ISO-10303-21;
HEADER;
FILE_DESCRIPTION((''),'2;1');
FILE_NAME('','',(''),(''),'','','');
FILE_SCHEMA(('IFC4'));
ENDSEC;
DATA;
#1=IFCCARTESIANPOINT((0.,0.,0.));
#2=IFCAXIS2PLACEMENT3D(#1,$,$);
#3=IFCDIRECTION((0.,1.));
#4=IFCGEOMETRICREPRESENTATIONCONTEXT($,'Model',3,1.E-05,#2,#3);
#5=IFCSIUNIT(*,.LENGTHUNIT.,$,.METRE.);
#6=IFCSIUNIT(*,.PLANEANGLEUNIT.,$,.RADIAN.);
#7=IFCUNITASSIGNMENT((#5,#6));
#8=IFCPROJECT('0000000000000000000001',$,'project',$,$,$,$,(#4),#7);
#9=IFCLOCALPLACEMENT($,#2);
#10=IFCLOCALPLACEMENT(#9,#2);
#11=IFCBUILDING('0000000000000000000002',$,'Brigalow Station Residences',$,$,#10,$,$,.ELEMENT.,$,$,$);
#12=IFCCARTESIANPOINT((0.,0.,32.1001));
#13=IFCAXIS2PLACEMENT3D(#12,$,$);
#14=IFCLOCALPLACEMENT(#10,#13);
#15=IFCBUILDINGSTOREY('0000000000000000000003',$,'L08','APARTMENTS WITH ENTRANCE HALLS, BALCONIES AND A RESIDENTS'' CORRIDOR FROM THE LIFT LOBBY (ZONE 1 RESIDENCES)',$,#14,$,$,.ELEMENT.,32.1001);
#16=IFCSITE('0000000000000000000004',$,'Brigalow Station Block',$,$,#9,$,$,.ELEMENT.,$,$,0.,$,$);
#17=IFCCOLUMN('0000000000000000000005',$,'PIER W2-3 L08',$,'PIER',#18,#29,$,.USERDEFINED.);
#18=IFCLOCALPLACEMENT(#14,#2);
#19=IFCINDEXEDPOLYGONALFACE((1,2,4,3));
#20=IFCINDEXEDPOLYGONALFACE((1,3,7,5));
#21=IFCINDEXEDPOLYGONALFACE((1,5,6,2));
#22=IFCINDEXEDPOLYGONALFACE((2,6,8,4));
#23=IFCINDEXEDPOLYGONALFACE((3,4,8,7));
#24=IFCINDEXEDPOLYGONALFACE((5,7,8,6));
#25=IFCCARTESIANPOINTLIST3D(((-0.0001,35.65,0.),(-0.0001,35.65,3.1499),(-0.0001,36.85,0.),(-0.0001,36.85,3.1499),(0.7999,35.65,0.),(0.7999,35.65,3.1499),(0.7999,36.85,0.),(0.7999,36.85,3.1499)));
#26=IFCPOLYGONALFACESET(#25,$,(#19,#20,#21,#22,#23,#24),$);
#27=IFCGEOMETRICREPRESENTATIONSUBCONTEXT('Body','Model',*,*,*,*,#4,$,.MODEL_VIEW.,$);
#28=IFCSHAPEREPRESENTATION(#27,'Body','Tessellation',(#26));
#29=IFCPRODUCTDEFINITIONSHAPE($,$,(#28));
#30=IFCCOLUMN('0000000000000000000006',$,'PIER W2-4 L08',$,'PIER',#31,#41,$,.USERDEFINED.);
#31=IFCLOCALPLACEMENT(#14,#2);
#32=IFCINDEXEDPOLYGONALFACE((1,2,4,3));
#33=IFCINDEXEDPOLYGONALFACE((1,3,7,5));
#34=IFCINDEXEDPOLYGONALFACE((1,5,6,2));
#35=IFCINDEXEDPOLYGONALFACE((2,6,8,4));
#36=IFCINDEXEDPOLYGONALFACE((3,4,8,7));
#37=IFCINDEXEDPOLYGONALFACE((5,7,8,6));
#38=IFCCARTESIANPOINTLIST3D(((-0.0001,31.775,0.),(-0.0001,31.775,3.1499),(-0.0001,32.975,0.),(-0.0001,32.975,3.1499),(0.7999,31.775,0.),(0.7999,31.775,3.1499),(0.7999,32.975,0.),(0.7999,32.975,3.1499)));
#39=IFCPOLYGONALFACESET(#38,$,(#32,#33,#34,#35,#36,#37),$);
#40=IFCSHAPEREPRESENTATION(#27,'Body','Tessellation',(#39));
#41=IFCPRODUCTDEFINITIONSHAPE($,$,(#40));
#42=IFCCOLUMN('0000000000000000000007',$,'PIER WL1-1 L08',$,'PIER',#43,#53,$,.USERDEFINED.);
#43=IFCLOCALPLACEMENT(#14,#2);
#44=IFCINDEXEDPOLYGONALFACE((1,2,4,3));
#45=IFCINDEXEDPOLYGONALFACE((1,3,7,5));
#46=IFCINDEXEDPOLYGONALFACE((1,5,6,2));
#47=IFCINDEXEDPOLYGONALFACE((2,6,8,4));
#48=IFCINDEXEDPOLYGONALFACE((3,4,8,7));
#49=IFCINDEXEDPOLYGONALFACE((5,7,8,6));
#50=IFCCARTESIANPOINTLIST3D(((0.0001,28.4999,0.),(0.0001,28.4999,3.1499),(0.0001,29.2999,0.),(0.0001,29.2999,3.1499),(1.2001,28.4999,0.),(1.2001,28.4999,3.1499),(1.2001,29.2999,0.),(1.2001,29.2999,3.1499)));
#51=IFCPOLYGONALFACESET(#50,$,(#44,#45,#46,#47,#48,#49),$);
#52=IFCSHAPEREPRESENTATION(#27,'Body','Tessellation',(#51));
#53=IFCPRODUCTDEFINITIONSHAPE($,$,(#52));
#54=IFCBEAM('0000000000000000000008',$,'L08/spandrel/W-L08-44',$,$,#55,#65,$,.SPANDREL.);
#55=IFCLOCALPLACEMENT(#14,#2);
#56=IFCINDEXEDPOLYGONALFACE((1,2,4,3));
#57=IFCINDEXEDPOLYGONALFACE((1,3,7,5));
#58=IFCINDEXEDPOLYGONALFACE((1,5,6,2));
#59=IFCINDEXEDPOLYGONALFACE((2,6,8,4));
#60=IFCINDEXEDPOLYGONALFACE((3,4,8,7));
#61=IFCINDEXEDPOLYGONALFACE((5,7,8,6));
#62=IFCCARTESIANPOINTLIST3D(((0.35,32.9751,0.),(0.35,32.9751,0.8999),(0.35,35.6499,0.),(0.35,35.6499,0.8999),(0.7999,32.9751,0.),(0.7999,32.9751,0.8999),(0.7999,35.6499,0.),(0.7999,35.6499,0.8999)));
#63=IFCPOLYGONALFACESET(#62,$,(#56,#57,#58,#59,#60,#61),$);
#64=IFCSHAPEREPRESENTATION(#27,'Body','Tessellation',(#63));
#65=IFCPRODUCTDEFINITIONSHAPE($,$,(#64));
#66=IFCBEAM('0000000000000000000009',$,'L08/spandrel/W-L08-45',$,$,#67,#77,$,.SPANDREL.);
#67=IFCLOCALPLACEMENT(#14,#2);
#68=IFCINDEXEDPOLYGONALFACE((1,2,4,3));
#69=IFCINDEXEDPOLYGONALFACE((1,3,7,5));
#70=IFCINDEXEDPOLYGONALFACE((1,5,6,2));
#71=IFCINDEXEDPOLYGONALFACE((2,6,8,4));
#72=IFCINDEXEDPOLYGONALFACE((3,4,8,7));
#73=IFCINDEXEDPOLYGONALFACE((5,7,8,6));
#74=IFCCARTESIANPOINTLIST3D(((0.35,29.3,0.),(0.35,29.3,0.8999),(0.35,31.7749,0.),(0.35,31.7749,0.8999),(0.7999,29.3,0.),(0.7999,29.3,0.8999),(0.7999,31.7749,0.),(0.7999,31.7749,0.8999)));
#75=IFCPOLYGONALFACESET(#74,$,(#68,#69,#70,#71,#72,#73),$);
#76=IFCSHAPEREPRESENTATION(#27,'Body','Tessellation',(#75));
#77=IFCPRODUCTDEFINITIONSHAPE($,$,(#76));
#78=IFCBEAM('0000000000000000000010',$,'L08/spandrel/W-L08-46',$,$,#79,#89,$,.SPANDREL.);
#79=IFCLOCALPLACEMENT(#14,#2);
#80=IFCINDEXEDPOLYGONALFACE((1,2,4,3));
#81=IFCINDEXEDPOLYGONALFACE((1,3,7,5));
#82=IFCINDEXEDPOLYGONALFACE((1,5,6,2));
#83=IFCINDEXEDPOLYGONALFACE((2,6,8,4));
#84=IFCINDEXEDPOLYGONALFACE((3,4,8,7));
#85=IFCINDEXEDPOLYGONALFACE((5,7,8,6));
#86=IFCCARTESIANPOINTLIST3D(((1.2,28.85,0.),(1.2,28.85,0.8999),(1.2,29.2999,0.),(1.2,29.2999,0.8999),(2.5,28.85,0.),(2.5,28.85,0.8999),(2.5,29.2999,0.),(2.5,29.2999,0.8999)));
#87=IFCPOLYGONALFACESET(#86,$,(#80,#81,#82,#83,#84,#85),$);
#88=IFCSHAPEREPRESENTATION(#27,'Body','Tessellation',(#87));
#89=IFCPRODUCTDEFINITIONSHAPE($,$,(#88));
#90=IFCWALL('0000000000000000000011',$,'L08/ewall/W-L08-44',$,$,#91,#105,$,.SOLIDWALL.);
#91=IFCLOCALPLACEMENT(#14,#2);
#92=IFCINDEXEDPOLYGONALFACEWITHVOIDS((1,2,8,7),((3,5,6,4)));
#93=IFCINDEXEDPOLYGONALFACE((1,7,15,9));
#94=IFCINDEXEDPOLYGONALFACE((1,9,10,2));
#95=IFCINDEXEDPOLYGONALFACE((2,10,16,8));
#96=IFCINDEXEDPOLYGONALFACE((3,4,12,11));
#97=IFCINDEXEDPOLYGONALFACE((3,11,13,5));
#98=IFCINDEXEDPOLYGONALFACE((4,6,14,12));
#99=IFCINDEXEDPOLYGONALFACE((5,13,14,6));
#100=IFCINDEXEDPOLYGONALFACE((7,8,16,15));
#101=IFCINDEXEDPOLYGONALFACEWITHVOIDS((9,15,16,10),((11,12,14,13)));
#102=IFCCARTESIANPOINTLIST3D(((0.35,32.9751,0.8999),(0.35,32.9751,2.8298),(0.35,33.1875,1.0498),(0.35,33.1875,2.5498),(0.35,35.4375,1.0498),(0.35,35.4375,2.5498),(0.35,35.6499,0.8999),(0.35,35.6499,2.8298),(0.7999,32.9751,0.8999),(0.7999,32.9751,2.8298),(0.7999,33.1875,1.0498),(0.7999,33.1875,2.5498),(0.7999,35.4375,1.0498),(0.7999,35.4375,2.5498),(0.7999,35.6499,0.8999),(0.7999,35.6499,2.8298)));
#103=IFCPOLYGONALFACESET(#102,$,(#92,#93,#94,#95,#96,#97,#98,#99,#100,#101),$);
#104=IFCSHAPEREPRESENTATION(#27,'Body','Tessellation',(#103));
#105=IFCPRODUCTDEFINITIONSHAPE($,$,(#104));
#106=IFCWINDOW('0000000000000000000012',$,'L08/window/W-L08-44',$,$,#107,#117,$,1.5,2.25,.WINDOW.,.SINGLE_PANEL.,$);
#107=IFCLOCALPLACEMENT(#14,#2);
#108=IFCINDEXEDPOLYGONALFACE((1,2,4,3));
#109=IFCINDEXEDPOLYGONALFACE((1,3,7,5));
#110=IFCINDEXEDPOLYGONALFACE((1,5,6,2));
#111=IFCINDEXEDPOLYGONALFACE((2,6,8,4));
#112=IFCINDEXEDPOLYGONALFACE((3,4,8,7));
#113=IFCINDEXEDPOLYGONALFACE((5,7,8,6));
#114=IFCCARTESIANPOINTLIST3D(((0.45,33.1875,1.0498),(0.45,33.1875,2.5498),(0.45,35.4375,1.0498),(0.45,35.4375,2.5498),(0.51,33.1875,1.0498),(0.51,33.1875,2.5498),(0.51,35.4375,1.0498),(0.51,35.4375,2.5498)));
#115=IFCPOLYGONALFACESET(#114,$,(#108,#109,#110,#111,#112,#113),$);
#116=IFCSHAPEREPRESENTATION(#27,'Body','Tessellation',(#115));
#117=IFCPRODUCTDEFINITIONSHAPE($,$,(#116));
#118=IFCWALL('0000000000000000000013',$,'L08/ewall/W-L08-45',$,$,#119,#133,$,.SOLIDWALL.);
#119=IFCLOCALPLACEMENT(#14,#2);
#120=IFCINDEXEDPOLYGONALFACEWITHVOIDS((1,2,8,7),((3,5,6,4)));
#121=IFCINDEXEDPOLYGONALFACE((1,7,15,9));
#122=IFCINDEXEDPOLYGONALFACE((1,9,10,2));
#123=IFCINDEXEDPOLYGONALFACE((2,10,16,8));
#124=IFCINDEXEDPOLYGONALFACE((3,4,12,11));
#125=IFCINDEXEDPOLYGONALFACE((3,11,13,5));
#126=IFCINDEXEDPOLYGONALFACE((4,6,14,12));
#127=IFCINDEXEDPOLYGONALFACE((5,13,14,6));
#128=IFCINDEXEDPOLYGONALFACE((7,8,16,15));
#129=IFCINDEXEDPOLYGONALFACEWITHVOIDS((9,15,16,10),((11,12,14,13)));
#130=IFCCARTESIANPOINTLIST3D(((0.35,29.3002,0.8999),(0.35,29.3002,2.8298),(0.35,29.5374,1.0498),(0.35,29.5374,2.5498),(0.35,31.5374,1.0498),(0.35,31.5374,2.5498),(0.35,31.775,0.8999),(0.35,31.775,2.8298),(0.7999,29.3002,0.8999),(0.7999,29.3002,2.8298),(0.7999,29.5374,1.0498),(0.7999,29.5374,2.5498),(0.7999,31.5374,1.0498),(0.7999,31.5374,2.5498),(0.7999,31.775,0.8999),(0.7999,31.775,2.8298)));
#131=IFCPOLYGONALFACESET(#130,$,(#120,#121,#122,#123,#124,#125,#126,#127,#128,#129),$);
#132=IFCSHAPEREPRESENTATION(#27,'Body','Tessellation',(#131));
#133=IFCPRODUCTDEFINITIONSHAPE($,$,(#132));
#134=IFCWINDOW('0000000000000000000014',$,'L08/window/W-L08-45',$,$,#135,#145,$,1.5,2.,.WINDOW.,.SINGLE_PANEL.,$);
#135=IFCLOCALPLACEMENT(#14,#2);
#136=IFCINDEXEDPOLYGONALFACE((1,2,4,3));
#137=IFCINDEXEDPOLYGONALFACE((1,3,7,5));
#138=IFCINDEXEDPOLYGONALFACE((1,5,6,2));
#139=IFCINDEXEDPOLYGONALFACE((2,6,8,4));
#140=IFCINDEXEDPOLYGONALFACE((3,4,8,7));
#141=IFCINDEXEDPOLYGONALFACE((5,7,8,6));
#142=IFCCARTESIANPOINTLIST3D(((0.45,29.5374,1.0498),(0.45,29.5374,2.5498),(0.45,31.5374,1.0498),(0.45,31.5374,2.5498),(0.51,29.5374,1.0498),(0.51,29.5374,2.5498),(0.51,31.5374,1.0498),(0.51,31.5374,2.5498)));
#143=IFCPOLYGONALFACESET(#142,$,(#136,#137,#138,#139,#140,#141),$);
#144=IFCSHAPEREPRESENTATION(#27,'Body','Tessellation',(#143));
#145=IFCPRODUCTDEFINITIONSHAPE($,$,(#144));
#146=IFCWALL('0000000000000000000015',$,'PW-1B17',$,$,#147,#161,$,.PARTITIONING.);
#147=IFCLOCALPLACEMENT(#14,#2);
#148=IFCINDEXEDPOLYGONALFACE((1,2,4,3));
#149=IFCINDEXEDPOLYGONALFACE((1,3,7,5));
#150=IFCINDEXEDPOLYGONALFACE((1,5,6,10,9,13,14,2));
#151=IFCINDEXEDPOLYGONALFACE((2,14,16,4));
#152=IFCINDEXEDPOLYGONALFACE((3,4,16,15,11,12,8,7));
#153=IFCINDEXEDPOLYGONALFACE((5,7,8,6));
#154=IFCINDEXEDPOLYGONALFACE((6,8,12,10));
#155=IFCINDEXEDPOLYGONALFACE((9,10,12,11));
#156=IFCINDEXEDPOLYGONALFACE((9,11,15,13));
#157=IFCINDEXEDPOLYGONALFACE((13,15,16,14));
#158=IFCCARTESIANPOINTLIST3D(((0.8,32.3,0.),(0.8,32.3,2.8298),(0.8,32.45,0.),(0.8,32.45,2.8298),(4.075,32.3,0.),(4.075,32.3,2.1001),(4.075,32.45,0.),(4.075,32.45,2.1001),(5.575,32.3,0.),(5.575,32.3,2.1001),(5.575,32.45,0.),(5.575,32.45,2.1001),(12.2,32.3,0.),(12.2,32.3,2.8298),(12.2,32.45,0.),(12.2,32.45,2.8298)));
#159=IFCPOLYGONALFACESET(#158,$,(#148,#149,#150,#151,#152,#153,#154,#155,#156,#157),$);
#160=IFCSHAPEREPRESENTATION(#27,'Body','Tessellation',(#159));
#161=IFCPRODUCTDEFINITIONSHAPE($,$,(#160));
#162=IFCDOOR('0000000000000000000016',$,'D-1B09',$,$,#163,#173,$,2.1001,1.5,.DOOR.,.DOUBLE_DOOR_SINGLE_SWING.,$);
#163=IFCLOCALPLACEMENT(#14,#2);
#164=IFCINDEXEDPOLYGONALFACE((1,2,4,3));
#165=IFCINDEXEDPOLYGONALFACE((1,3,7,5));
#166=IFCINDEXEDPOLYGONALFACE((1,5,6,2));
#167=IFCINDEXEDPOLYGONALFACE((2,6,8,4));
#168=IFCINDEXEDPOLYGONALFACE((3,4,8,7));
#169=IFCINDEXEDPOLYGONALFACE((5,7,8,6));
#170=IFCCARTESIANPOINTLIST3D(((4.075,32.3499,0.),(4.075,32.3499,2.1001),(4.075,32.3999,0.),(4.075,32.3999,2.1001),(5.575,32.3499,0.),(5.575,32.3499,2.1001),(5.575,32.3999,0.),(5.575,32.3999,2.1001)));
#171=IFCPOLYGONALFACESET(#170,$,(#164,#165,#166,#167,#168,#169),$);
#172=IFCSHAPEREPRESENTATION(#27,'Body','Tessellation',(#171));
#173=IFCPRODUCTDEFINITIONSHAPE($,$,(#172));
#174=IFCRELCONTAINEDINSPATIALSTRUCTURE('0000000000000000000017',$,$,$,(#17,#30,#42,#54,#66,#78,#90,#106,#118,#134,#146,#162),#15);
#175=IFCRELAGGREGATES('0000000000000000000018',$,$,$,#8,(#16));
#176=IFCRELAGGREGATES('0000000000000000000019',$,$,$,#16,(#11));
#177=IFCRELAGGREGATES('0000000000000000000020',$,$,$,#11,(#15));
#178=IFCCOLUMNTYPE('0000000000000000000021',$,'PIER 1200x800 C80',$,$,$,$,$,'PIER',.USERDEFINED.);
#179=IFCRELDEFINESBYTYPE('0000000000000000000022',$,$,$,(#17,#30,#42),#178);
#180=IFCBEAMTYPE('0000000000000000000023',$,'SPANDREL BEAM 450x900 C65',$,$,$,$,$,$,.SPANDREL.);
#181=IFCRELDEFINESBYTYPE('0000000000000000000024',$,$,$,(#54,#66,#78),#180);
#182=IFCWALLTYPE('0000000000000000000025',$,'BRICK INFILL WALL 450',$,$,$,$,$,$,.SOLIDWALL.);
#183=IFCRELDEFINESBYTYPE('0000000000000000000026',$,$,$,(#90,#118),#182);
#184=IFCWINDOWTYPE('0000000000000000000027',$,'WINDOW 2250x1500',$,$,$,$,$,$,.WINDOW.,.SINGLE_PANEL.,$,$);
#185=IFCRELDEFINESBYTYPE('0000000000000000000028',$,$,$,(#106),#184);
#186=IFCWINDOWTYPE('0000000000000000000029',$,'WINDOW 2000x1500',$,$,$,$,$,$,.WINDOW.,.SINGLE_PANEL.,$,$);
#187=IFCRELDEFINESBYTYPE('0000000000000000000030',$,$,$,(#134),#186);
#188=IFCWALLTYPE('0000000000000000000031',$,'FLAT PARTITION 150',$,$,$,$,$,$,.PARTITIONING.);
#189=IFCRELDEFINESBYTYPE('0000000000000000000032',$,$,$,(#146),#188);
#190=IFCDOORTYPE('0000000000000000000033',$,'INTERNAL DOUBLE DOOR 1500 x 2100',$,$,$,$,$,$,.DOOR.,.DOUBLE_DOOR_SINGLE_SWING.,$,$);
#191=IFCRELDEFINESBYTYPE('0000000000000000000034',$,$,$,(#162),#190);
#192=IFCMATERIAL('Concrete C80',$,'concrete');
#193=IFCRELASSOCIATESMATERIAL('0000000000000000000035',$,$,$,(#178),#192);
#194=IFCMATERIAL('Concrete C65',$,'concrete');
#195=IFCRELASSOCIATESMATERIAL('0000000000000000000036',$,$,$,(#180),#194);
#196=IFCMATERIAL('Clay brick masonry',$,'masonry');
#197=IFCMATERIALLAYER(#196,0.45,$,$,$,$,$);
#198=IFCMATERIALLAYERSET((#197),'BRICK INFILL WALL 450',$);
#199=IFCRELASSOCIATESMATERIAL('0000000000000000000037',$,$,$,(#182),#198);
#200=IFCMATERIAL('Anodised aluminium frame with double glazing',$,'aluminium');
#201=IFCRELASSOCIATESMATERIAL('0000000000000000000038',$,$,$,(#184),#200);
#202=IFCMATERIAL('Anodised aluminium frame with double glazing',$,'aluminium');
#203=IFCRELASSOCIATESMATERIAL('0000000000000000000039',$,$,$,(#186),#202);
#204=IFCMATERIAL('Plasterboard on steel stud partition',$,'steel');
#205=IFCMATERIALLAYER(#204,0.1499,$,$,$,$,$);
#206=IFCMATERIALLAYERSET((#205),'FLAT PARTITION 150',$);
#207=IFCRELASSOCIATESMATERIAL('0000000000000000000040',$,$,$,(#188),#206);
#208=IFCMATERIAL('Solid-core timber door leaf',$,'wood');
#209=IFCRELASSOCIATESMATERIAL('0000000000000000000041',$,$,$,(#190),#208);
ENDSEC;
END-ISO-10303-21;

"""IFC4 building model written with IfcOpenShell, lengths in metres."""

from ifc_helpers import new_model, si_unit, direction, frame, frame_2d, origin, origin_2d, place, context, subcontext, project, spatial, rectangle, extrude, material, layer, layer_set, material_profile, profile_set, type_object, element, fill, save


model = new_model("IFC4")

# Units and contexts
model_context = context("Model", 3, precision=1e-05, world=origin(), true_north=direction((0.0, 1.0)))
body_context = subcontext(model_context, "Body", "Model", "MODEL_VIEW")
ifc_project = project(units=[si_unit("LENGTHUNIT", "METRE"), si_unit("PLANEANGLEUNIT", "RADIAN")], contexts=[model_context])

# Site, building, storey
site_placement = place(None, origin())
site = spatial("IfcSite", under=ifc_project, at=site_placement, Name="Brigalow Station Block", CompositionType="ELEMENT", RefElevation=0.0)
building_placement = place(site_placement, origin())
building = spatial("IfcBuilding", under=site, at=building_placement, Name="Brigalow Station Residences", CompositionType="ELEMENT")
storey_placement = place(building_placement, frame((0.0, 0.0, 32.1001)))
storey = spatial("IfcBuildingStorey", under=building, at=storey_placement, Name="L08", Description="APARTMENTS WITH ENTRANCE HALLS, BALCONIES AND A RESIDENTS' CORRIDOR FROM THE LIFT LOBBY (ZONE 1 RESIDENCES)", CompositionType="ELEMENT", Elevation=32.1001)

# Columns
ifc_material_1 = material(Name="Concrete C80", Category="concrete")
ifc_material_profile_1 = material_profile(ifc_material_1, rectangle(XDim=1.2, YDim=0.8, at=origin_2d()), Name="RC1200x800")
ifc_profile_set_1 = profile_set([ifc_material_profile_1], Name="Concrete C80")
column_type = type_object("IfcColumnType", Name="PIER 1200x800 C80", ElementType="PIER", PredefinedType="USERDEFINED", material=ifc_profile_set_1)
for number, where, z_axis, x_axis, name in (
    (1, (0.3999, 36.25, 0.0), (0.0, 0.0, 1.0), (0.0, -1.0, 0.0), "PIER W2-3 L08"),
    (2, (0.3999, 32.375, 0.0), (0.0, 0.0, 1.0), (0.0, -1.0, 0.0), "PIER W2-4 L08"),
    (3, (0.6001, 28.8999, 0.0), (0.0, 0.0, 1.0), (1.0, 0.0, 0.0), "PIER WL1-1 L08"),
):
    element("IfcColumn", number, at=place(storey_placement, frame(where, z_axis=z_axis, x_axis=x_axis)), inside=storey, type_object=column_type, Name=name, ObjectType="PIER", PredefinedType="USERDEFINED", context=body_context, shape_type="SweptSolid", body=[
        extrude(rectangle(XDim=1.2, YDim=0.8, at=origin_2d()), origin(), (0.0, 0.0, 1.0), 3.1499),
    ])

# Beams
ifc_material_2 = material(Name="Concrete C65", Category="concrete")
ifc_material_profile_2 = material_profile(ifc_material_2, rectangle(XDim=0.45, YDim=0.8999, at=origin_2d()), Name="RC450x900")
ifc_profile_set_2 = profile_set([ifc_material_profile_2], Name="Concrete C65")
beam_type = type_object("IfcBeamType", Name="SPANDREL BEAM 450x900 C65", PredefinedType="SPANDREL", material=ifc_profile_set_2)
beam_1_placement = place(storey_placement, frame((0.575, 35.6499, 0.45), z_axis=(0.0, -1.0, 0.0), x_axis=(1.0, 0.0, 0.0)))
element("IfcBeam", 4, at=beam_1_placement, inside=storey, type_object=beam_type, Name="L08/spandrel/W-L08-44", PredefinedType="SPANDREL", context=body_context, shape_type="SweptSolid", body=[
    extrude(rectangle(XDim=0.45, YDim=0.8999, at=origin_2d()), origin(), (0.0, 0.0, 1.0), 2.6748),
])
beam_2_placement = place(storey_placement, frame((0.575, 31.7749, 0.45), z_axis=(0.0, -1.0, 0.0), x_axis=(1.0, 0.0, 0.0)))
element("IfcBeam", 5, at=beam_2_placement, inside=storey, type_object=beam_type, Name="L08/spandrel/W-L08-45", PredefinedType="SPANDREL", context=body_context, shape_type="SweptSolid", body=[
    extrude(rectangle(XDim=0.45, YDim=0.8999, at=origin_2d()), origin(), (0.0, 0.0, 1.0), 2.4749),
])
beam_3_placement = place(storey_placement, frame((1.2, 29.075, 0.45), z_axis=(1.0, 0.0, 0.0), x_axis=(0.0, 1.0, 0.0)))
element("IfcBeam", 6, at=beam_3_placement, inside=storey, type_object=beam_type, Name="L08/spandrel/W-L08-46", PredefinedType="SPANDREL", context=body_context, shape_type="SweptSolid", body=[
    extrude(rectangle(XDim=0.45, YDim=0.8999, at=origin_2d()), origin(), (0.0, 0.0, 1.0), 1.3),
])

# Walls, openings, windows
ifc_material_3 = material(Name="Clay brick masonry", Category="masonry")
ifc_layer_1 = layer(ifc_material_3, 0.45)
ifc_layer_set_1 = layer_set([ifc_layer_1], Name="BRICK INFILL WALL 450")
wall_type_1 = type_object("IfcWallType", Name="BRICK INFILL WALL 450", PredefinedType="SOLIDWALL", material=ifc_layer_set_1)
wall_1_placement = place(storey_placement, frame((0.575, 35.6499, 0.8999), z_axis=(0.0, 0.0, 1.0), x_axis=(0.0, -1.0, 0.0)))
wall_1 = element("IfcWall", 7, at=wall_1_placement, inside=storey, type_object=wall_type_1, Name="L08/ewall/W-L08-44", PredefinedType="SOLIDWALL", context=body_context, shape_type="SweptSolid", body=[
    extrude(rectangle(XDim=2.6748, YDim=0.45, at=frame_2d((1.3374, 0.0))), origin(), (0.0, 0.0, 1.0), 1.9299),
])
opening_1_placement = place(wall_1_placement, frame((0.2124, 0.0, 0.1499)))
opening_1 = element("IfcOpeningElement", 8, at=opening_1_placement, cuts=wall_1, PredefinedType="OPENING", context=body_context, shape_type="SweptSolid", body=[
    extrude(rectangle(XDim=2.25, YDim=1.5, at=frame_2d((1.125, 0.75))), frame((0.0, 0.2349, 0.0), z_axis=(0.0, -1.0, 0.0), x_axis=(1.0, 0.0, 0.0)), (0.0, 0.0, 1.0), 0.47),
])
ifc_material_4 = material(Name="Anodised aluminium frame with double glazing", Category="aluminium")
window_type_1 = type_object("IfcWindowType", Name="WINDOW 2250x1500", PartitioningType="SINGLE_PANEL", PredefinedType="WINDOW", material=ifc_material_4)
window_1_placement = place(opening_1_placement, origin())
window_1 = element("IfcWindow", 9, at=window_1_placement, inside=storey, type_object=window_type_1, Name="L08/window/W-L08-44", OverallHeight=1.5, OverallWidth=2.25, PartitioningType="SINGLE_PANEL", PredefinedType="WINDOW", context=body_context, shape_type="SweptSolid", body=[
    extrude(rectangle(XDim=2.25, YDim=1.5, at=frame_2d((1.125, 0.75))), frame((0.0, -0.0649, 0.0), z_axis=(0.0, -1.0, 0.0), x_axis=(1.0, 0.0, 0.0)), (0.0, 0.0, 1.0), 0.0601),
])
fill(opening_1, window_1)
wall_2_placement = place(storey_placement, frame((0.575, 31.7749, 0.8999), z_axis=(0.0, 0.0, 1.0), x_axis=(0.0, -1.0, 0.0)))
wall_2 = element("IfcWall", 10, at=wall_2_placement, inside=storey, type_object=wall_type_1, Name="L08/ewall/W-L08-45", PredefinedType="SOLIDWALL", context=body_context, shape_type="SweptSolid", body=[
    extrude(rectangle(XDim=2.4749, YDim=0.45, at=frame_2d((1.2373, 0.0))), origin(), (0.0, 0.0, 1.0), 1.9299),
])
opening_2_placement = place(wall_2_placement, frame((0.2375, 0.0, 0.1499)))
opening_2 = element("IfcOpeningElement", 11, at=opening_2_placement, cuts=wall_2, PredefinedType="OPENING", context=body_context, shape_type="SweptSolid", body=[
    extrude(rectangle(XDim=2.0, YDim=1.5, at=frame_2d((1.0, 0.75))), frame((0.0, 0.2349, 0.0), z_axis=(0.0, -1.0, 0.0), x_axis=(1.0, 0.0, 0.0)), (0.0, 0.0, 1.0), 0.47),
])
ifc_material_5 = material(Name="Anodised aluminium frame with double glazing", Category="aluminium")
window_type_2 = type_object("IfcWindowType", Name="WINDOW 2000x1500", PartitioningType="SINGLE_PANEL", PredefinedType="WINDOW", material=ifc_material_5)
window_2_placement = place(opening_2_placement, origin())
window_2 = element("IfcWindow", 12, at=window_2_placement, inside=storey, type_object=window_type_2, Name="L08/window/W-L08-45", OverallHeight=1.5, OverallWidth=2.0, PartitioningType="SINGLE_PANEL", PredefinedType="WINDOW", context=body_context, shape_type="SweptSolid", body=[
    extrude(rectangle(XDim=2.0, YDim=1.5, at=frame_2d((1.0, 0.75))), frame((0.0, -0.0649, 0.0), z_axis=(0.0, -1.0, 0.0), x_axis=(1.0, 0.0, 0.0)), (0.0, 0.0, 1.0), 0.0601),
])
fill(opening_2, window_2)

# Wall, opening, door
ifc_material_6 = material(Name="Plasterboard on steel stud partition", Category="steel")
ifc_layer_2 = layer(ifc_material_6, 0.1499)
ifc_layer_set_2 = layer_set([ifc_layer_2], Name="FLAT PARTITION 150")
wall_type_2 = type_object("IfcWallType", Name="FLAT PARTITION 150", PredefinedType="PARTITIONING", material=ifc_layer_set_2)
wall_3_placement = place(storey_placement, frame((0.8, 32.375, 0.0), z_axis=(0.0, 0.0, 1.0), x_axis=(1.0, 0.0, 0.0)))
wall_3 = element("IfcWall", 13, at=wall_3_placement, inside=storey, type_object=wall_type_2, Name="PW-1B17", PredefinedType="PARTITIONING", context=body_context, shape_type="SweptSolid", body=[
    extrude(rectangle(XDim=11.3999, YDim=0.1499, at=frame_2d((5.7, 0.0))), origin(), (0.0, 0.0, 1.0), 2.8298),
])
opening_3_placement = place(wall_3_placement, frame((3.2749, 0.0, 0.0)))
opening_3 = element("IfcOpeningElement", 14, at=opening_3_placement, cuts=wall_3, PredefinedType="OPENING", context=body_context, shape_type="SweptSolid", body=[
    extrude(rectangle(XDim=1.5, YDim=2.1001, at=frame_2d((0.75, 1.05))), frame((0.0, 0.085, 0.0), z_axis=(0.0, -1.0, 0.0), x_axis=(1.0, 0.0, 0.0)), (0.0, 0.0, 1.0), 0.1699),
])
ifc_material_7 = material(Name="Solid-core timber door leaf", Category="wood")
door_type = type_object("IfcDoorType", Name="INTERNAL DOUBLE DOOR 1500 x 2100", OperationType="DOUBLE_DOOR_SINGLE_SWING", PredefinedType="DOOR", material=ifc_material_7)
door_placement = place(opening_3_placement, origin())
door = element("IfcDoor", 15, at=door_placement, inside=storey, type_object=door_type, Name="D-1B09", OperationType="DOUBLE_DOOR_SINGLE_SWING", OverallHeight=2.1001, OverallWidth=1.5, PredefinedType="DOOR", context=body_context, shape_type="SweptSolid", body=[
    extrude(rectangle(XDim=1.5, YDim=2.1001, at=frame_2d((0.75, 1.05))), frame((0.0, 0.0249, 0.0), z_axis=(0.0, -1.0, 0.0), x_axis=(1.0, 0.0, 0.0)), (0.0, 0.0, 1.0), 0.05),
])
fill(opening_3, door)

save(model, "model.ifc")
